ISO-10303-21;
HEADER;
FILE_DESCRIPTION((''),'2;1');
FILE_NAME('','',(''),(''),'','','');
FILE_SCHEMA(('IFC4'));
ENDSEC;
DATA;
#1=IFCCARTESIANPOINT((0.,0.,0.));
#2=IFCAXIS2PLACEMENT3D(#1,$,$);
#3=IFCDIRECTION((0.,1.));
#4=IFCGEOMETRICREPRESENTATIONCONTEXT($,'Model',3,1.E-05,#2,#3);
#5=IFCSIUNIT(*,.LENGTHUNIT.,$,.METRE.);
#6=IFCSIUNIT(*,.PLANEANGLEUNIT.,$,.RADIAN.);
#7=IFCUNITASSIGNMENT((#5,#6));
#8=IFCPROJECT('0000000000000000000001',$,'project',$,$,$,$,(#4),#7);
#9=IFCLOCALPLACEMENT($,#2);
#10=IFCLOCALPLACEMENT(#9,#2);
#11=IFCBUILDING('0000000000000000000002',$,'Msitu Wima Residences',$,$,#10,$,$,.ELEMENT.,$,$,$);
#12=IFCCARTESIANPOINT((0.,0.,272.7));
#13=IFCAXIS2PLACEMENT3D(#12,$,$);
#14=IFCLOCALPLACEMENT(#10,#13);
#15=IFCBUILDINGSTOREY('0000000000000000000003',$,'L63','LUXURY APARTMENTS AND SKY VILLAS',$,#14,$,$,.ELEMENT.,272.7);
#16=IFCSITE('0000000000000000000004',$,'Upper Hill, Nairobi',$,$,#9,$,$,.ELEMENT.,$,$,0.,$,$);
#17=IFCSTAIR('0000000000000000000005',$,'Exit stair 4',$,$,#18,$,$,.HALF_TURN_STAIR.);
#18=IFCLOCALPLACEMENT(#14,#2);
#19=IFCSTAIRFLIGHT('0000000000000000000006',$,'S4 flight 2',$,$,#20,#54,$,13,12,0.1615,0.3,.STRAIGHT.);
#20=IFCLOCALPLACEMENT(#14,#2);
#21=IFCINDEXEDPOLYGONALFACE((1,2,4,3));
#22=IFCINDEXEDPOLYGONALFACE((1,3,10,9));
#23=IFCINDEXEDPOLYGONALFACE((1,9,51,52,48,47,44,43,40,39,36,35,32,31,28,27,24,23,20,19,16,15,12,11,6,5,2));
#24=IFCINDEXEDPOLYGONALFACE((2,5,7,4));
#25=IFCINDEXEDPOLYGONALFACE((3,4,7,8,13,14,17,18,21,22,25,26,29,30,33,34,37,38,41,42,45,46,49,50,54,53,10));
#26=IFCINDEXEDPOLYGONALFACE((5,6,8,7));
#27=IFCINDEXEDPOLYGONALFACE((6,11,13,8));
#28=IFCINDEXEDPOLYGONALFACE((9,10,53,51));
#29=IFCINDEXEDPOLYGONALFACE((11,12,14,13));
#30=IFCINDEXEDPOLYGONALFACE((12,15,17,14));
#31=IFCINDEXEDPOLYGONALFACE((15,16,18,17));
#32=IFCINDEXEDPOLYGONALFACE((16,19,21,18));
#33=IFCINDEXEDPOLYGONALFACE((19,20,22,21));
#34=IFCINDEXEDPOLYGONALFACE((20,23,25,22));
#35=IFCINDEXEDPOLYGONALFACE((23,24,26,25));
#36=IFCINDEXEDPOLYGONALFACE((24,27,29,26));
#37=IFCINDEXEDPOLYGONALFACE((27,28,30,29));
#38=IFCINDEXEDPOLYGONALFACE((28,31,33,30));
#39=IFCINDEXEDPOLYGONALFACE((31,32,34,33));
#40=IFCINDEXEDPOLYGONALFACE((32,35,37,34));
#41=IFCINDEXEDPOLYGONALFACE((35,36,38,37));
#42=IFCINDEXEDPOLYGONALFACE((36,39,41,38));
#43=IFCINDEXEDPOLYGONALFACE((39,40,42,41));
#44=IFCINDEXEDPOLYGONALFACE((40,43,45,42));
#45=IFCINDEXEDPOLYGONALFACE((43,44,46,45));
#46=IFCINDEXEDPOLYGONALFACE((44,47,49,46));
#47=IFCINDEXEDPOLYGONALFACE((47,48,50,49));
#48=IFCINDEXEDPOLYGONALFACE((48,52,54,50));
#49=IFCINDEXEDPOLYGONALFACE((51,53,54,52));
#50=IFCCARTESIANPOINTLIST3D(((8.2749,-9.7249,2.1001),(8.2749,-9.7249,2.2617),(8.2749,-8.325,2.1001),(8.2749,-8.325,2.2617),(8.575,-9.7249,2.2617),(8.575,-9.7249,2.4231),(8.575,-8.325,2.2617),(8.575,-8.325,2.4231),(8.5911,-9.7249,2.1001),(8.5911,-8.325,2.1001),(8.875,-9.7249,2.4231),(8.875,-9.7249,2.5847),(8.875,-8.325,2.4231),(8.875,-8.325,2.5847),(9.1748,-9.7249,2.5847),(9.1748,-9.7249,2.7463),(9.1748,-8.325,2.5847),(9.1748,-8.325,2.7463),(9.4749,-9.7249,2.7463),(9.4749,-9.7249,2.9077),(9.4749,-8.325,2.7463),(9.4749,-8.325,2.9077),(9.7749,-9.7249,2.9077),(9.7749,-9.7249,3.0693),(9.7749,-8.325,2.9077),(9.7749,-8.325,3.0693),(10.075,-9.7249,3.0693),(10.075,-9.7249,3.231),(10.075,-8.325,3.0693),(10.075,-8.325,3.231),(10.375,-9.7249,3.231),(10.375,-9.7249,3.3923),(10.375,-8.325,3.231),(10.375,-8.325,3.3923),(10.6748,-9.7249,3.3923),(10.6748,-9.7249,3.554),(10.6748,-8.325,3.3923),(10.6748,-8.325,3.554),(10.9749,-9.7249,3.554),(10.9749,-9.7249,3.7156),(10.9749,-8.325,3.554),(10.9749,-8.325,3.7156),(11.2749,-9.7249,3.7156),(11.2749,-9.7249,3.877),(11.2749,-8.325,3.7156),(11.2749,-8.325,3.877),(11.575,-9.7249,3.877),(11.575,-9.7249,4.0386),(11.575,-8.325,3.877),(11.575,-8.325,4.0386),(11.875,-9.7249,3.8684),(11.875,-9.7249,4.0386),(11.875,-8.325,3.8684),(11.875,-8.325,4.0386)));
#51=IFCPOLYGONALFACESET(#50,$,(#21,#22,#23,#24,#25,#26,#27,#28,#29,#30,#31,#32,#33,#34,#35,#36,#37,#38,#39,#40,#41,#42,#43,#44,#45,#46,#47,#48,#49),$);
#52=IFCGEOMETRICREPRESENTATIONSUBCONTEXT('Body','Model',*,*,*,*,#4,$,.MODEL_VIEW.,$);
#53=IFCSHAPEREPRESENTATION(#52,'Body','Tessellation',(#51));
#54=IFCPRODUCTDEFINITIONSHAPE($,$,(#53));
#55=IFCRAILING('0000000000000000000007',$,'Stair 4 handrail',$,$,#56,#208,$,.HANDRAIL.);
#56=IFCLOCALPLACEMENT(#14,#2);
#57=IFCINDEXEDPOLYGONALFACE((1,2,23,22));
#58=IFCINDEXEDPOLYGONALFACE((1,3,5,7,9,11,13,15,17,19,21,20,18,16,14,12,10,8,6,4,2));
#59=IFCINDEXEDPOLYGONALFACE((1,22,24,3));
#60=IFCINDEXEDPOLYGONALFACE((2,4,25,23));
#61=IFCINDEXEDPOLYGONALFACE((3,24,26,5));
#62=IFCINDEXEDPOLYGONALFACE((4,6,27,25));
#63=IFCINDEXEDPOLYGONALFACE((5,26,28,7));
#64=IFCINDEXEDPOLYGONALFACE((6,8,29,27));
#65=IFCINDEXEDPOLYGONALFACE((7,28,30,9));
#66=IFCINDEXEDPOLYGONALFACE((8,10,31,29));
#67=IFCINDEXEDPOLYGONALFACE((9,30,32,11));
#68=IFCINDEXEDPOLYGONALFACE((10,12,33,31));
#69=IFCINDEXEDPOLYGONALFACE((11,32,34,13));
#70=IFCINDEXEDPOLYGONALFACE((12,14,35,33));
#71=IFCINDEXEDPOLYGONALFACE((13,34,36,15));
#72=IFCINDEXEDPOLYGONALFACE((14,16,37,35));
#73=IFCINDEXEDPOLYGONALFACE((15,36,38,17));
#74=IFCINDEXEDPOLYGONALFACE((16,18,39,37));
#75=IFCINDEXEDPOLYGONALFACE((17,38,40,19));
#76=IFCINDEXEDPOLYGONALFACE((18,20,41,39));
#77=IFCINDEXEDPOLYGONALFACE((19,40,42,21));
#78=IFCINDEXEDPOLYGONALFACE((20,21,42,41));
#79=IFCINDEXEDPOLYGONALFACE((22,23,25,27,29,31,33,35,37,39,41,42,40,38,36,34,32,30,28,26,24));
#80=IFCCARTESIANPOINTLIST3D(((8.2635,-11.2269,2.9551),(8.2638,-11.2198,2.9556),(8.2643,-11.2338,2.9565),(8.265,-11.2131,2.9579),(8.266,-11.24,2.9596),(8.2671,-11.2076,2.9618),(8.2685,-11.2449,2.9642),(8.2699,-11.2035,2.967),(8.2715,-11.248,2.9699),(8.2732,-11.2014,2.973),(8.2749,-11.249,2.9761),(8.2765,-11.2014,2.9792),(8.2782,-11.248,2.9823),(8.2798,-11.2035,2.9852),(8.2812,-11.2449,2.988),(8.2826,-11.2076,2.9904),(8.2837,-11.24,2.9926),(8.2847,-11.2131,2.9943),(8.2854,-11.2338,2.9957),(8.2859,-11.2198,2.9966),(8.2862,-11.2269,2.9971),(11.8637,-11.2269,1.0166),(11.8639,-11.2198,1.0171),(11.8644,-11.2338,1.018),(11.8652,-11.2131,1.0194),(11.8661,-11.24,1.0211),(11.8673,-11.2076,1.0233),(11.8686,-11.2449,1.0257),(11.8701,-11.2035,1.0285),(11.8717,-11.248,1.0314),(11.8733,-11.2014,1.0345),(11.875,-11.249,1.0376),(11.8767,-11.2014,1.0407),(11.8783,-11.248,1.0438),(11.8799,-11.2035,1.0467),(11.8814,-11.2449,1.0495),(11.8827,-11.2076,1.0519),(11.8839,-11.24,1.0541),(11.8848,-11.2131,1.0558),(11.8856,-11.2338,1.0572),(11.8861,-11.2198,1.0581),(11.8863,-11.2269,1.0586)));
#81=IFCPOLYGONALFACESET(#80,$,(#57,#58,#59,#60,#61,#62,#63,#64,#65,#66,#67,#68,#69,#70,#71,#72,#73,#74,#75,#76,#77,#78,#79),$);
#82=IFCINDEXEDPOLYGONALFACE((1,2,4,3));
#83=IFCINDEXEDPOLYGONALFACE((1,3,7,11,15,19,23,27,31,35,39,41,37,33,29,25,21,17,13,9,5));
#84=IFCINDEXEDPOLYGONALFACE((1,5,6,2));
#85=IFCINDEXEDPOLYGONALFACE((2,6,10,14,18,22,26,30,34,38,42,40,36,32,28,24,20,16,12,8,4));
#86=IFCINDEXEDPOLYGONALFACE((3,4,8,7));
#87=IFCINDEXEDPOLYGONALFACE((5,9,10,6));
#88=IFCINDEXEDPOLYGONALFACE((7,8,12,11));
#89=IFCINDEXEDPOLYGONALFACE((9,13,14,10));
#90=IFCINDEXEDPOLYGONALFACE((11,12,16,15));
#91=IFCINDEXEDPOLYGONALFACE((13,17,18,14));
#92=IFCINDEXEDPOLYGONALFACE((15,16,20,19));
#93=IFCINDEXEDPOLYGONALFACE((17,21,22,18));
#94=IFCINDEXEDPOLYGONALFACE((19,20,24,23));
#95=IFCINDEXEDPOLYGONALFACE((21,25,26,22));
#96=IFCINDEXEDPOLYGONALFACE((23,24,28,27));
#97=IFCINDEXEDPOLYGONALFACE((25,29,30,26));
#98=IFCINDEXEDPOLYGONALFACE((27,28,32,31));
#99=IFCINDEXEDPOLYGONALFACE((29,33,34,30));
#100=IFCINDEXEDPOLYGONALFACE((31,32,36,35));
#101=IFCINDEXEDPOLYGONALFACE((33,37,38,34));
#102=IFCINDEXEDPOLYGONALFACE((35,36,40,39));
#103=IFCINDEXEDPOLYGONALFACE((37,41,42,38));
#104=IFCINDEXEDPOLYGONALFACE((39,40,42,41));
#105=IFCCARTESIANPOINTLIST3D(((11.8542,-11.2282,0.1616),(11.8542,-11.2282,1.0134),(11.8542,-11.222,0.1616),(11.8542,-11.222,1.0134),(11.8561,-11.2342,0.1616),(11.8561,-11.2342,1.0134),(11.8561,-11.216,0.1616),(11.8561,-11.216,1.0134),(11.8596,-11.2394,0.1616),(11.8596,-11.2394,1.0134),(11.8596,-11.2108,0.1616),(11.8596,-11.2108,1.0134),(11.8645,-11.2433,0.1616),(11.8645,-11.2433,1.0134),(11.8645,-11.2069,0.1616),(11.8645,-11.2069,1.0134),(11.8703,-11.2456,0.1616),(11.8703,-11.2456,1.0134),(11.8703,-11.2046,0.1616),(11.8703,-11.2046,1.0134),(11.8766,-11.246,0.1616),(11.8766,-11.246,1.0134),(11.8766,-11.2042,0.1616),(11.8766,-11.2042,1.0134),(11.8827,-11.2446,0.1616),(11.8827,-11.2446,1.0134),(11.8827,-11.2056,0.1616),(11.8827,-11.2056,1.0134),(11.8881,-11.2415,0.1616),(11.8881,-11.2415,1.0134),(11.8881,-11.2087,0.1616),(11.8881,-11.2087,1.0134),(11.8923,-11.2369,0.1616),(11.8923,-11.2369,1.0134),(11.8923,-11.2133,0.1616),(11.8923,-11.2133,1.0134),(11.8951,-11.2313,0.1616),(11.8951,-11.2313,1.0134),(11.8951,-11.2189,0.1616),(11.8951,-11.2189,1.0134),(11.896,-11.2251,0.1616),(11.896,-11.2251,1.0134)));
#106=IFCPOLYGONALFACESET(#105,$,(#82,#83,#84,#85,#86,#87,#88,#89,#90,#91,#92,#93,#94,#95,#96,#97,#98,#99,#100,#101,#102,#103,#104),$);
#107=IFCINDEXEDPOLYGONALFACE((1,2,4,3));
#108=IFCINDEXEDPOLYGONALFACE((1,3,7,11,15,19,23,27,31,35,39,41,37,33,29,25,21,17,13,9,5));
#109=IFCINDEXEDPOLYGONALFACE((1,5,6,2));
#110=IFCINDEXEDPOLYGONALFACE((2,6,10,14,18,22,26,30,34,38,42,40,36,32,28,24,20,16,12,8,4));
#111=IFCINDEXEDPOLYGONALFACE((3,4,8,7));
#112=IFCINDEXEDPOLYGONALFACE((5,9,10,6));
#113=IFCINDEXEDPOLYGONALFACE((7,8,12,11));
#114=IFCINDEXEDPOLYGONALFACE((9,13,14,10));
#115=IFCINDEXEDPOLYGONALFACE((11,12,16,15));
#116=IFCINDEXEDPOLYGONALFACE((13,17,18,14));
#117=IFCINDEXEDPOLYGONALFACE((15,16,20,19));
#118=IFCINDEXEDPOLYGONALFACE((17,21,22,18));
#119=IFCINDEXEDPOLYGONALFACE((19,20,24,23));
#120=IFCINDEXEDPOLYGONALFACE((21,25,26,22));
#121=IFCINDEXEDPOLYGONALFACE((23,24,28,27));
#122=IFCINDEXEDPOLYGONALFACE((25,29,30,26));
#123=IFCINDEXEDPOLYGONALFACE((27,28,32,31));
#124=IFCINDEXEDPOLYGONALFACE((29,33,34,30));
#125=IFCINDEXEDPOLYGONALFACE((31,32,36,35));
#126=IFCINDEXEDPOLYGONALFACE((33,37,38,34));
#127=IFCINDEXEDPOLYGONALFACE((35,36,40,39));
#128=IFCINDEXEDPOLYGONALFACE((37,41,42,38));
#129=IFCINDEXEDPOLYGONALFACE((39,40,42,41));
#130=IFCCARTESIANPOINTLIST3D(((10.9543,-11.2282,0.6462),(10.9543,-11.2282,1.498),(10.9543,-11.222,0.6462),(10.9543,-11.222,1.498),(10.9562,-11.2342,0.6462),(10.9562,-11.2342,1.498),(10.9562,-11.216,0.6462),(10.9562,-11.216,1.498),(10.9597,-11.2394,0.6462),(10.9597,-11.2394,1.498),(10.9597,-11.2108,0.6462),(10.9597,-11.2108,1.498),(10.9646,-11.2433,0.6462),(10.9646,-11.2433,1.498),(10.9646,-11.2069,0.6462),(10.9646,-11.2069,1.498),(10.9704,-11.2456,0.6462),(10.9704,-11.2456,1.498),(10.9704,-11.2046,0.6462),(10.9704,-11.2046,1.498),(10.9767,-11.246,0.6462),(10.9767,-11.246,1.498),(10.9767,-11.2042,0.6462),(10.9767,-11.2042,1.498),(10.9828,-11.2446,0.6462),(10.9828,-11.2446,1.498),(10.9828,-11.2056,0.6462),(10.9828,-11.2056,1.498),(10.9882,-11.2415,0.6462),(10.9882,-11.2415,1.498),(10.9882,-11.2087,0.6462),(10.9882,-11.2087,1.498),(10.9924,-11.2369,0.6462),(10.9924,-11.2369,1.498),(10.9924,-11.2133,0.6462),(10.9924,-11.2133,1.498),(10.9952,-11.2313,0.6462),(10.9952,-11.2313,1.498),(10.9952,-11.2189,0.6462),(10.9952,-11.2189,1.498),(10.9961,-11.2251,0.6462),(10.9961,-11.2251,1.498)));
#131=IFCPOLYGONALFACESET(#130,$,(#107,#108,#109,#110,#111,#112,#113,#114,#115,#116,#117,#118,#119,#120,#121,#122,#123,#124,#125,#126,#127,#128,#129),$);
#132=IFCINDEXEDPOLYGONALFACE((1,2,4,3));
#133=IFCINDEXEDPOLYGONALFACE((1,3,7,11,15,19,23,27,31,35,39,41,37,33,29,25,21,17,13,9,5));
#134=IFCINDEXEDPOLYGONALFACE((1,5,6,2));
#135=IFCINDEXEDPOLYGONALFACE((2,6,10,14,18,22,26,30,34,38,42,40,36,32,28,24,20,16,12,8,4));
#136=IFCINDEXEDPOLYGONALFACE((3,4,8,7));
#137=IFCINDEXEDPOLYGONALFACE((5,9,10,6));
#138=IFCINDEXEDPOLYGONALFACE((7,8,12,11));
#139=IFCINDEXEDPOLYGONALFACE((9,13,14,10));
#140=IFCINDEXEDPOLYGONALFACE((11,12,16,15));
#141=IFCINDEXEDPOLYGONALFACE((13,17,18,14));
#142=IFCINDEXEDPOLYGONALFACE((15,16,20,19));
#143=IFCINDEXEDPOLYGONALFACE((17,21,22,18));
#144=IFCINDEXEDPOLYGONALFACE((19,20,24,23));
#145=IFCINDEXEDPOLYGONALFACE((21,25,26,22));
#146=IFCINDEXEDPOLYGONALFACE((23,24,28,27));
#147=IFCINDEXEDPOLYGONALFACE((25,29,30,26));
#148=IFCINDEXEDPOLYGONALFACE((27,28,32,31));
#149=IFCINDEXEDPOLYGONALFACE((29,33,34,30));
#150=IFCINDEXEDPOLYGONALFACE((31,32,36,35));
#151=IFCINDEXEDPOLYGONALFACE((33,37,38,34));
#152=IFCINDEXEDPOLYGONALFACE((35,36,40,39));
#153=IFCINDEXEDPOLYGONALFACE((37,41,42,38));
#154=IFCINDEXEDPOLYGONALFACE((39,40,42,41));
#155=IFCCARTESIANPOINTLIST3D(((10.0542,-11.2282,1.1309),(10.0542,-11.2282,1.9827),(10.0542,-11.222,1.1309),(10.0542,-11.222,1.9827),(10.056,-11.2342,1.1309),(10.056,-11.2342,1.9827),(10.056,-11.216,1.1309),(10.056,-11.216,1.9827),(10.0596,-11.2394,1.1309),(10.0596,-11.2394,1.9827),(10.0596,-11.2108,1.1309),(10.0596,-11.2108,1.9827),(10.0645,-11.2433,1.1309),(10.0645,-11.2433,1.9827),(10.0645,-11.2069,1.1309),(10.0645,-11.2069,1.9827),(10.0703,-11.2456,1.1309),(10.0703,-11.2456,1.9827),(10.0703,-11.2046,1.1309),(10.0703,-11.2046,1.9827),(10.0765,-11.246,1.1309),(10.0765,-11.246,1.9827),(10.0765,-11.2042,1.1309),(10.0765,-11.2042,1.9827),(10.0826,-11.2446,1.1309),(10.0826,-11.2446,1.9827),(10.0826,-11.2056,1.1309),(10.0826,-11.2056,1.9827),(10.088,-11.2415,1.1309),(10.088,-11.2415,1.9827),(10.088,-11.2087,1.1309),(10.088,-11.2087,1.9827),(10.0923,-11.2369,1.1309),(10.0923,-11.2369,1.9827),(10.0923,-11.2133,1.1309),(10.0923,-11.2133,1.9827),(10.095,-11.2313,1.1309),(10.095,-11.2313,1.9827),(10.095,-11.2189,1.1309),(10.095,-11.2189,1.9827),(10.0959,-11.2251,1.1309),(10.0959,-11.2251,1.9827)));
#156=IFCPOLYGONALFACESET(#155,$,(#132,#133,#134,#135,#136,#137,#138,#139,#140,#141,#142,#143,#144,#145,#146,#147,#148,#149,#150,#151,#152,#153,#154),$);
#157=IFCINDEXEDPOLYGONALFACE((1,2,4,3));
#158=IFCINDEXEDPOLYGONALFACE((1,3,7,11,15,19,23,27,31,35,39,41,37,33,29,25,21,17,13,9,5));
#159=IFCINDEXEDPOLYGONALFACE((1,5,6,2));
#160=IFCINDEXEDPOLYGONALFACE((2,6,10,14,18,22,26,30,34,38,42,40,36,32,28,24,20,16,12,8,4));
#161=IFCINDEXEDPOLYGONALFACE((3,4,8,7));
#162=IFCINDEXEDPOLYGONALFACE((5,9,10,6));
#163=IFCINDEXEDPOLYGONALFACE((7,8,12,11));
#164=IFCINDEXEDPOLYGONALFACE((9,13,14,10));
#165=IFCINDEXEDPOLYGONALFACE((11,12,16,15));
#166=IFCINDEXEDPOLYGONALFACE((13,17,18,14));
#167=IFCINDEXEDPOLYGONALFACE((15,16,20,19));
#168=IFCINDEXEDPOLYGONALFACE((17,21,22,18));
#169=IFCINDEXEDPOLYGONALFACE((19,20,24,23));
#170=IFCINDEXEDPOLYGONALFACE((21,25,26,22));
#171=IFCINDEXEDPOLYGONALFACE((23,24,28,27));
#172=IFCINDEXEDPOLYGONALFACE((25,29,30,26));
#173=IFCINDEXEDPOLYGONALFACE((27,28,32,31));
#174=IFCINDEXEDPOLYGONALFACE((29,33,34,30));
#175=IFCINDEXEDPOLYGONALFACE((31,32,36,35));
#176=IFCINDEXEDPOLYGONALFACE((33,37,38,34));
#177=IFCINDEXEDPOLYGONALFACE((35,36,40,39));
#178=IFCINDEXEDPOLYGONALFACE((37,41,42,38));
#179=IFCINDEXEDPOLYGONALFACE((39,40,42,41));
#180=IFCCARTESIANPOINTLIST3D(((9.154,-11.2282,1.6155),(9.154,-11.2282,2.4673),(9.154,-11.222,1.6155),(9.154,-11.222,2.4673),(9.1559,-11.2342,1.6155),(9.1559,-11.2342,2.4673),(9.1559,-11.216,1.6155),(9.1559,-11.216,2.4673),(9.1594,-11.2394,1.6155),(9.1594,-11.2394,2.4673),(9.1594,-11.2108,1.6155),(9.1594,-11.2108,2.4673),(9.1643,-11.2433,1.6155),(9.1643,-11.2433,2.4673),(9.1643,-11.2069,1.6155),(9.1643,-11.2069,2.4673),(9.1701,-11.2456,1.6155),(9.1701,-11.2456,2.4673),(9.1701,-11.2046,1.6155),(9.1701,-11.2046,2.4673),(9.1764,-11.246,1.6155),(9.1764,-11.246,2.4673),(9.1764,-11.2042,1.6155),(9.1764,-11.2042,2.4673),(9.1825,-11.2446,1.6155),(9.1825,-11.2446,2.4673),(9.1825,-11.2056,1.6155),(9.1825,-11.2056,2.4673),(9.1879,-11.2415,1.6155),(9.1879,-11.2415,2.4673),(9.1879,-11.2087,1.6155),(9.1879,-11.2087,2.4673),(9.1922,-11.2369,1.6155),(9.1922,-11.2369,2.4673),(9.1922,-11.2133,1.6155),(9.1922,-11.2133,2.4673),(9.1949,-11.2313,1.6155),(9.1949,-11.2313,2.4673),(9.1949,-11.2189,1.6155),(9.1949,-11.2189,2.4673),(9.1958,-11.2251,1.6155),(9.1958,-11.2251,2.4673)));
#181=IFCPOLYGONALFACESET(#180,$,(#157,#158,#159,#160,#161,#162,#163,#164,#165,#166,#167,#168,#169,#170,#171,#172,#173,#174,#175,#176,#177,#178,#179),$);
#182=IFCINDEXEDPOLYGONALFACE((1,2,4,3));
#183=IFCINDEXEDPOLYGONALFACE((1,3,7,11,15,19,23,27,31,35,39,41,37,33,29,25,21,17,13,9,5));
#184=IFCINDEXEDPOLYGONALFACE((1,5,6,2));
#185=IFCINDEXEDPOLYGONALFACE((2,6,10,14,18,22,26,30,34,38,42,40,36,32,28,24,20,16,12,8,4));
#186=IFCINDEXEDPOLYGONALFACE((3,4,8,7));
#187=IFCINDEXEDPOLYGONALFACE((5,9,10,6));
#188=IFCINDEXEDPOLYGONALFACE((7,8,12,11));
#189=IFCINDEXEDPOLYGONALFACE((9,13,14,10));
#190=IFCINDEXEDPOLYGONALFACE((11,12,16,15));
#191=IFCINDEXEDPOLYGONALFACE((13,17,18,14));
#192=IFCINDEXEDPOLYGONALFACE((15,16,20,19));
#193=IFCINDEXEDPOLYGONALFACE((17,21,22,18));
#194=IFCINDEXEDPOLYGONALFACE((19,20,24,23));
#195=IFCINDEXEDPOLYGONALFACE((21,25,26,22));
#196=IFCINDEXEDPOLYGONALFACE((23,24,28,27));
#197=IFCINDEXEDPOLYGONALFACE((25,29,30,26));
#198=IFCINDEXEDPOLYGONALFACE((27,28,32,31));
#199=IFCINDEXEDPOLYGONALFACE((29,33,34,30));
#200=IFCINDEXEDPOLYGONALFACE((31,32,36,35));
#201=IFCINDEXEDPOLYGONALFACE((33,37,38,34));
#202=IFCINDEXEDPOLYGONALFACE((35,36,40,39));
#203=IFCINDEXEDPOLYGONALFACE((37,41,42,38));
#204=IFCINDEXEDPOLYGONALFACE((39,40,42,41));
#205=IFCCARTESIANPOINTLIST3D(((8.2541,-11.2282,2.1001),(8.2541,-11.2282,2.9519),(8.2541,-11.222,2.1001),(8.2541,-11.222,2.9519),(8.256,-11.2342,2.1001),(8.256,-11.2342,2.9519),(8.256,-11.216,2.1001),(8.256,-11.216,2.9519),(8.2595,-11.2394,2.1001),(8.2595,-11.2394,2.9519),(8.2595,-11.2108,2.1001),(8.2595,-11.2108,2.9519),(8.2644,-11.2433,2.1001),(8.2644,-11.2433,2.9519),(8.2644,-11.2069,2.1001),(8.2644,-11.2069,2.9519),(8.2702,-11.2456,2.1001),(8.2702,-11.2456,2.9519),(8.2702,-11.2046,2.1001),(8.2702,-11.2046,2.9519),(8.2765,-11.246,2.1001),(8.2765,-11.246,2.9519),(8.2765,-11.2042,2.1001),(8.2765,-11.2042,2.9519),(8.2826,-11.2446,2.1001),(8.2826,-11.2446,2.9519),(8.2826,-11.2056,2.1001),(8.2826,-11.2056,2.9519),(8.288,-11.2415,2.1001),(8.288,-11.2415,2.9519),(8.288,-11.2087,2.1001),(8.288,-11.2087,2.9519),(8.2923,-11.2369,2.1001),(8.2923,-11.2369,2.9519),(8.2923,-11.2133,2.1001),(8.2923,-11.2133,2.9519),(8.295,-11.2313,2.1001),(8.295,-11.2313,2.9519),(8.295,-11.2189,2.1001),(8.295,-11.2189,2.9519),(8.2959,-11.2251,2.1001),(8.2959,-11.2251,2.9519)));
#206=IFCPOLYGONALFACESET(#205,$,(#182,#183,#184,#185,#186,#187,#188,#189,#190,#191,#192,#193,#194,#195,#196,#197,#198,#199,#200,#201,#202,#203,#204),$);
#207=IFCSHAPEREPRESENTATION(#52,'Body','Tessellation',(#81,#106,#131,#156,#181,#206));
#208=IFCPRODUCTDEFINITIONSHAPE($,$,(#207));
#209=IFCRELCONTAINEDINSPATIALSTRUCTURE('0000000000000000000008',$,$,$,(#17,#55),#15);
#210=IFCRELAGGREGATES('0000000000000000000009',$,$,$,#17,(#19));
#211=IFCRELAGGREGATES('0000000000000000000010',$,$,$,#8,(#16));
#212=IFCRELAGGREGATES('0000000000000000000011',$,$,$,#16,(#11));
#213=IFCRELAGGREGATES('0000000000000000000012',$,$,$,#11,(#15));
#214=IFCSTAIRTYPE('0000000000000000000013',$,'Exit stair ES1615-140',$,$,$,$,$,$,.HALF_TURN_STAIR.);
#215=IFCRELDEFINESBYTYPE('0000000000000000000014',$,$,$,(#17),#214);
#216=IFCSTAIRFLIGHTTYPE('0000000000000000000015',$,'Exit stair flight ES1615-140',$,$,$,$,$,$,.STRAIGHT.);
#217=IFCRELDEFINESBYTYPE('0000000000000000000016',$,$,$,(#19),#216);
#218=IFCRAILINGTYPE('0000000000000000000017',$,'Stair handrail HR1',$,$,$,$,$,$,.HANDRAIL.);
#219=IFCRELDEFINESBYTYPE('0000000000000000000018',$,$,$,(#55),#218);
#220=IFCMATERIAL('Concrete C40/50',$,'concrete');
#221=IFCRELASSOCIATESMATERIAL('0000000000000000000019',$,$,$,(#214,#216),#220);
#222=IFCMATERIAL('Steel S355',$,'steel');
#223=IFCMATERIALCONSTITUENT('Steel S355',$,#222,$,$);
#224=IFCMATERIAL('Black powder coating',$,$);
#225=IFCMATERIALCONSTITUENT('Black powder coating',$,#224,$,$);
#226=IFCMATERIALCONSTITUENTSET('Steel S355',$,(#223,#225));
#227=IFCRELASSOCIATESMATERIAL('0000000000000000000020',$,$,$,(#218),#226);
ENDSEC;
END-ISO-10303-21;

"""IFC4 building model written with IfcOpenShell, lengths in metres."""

from ifc_helpers import new_model, si_unit, direction, frame, origin, origin_2d, place, context, subcontext, project, spatial, polyline, circle, outline, extrude, material, constituent, constituent_set, type_object, element, aggregate, save


model = new_model("IFC4")

# Units and contexts
model_context = context("Model", 3, precision=1e-05, world=origin(), true_north=direction((0.0, 1.0)))
body_context = subcontext(model_context, "Body", "Model", "MODEL_VIEW")
ifc_project = project(units=[si_unit("LENGTHUNIT", "METRE"), si_unit("PLANEANGLEUNIT", "RADIAN")], contexts=[model_context])

# Site, building, storey
site_placement = place(None, origin())
site = spatial("IfcSite", under=ifc_project, at=site_placement, Name="Upper Hill, Nairobi", CompositionType="ELEMENT", RefElevation=0.0)
building_placement = place(site_placement, origin())
building = spatial("IfcBuilding", under=site, at=building_placement, Name="Msitu Wima Residences", CompositionType="ELEMENT")
storey_placement = place(building_placement, frame((0.0, 0.0, 272.7)))
storey = spatial("IfcBuildingStorey", under=building, at=storey_placement, Name="L63", Description="LUXURY APARTMENTS AND SKY VILLAS", CompositionType="ELEMENT", Elevation=272.7)

# Shared definitions
ifc_material_1 = material(Name="Concrete C40/50", Category="concrete")

# Shared definitions
stair_type = type_object("IfcStairType", Name="Exit stair ES1615-140", PredefinedType="HALF_TURN_STAIR", material=ifc_material_1)

# Stair, stair flight
stair_1_placement = place(storey_placement, origin())
stair_1 = element("IfcStair", 1, at=stair_1_placement, inside=storey, type_object=stair_type, Name="Exit stair 4", PredefinedType="HALF_TURN_STAIR")
stair_flight_type = type_object("IfcStairFlightType", Name="Exit stair flight ES1615-140", PredefinedType="STRAIGHT", material=ifc_material_1)
stair_flight_1_placement = place(storey_placement, frame((8.2749, -9.0249, 2.1001), z_axis=(0.0, 0.0, 1.0), x_axis=(1.0, 0.0, 0.0)))
stair_flight_1 = element("IfcStairFlight", 2, at=stair_flight_1_placement, type_object=stair_flight_type, Name="S4 flight 2", NumberOfRisers=13, NumberOfTreads=12, PredefinedType="STRAIGHT", RiserHeight=0.1615, TreadLength=0.3, context=body_context, shape_type="SweptSolid", body=[
    extrude(outline(polyline([(0.0, 0.0), (0.0, 0.1616), (0.3, 0.1616), (0.3, 0.323), (0.6001, 0.323), (0.6001, 0.4846), (0.8999, 0.4846), (0.8999, 0.6462), (1.2, 0.6462), (1.2, 0.8076), (1.5, 0.8076), (1.5, 0.9692), (1.8, 0.9692), (1.8, 1.1309), (2.1001, 1.1309), (2.1001, 1.2922), (2.3999, 1.2922), (2.3999, 1.4539), (2.7, 1.4539), (2.7, 1.6155), (3.0, 1.6155), (3.0, 1.7769), (3.3, 1.7769), (3.3, 1.9385), (3.6001, 1.9385), (3.6001, 2.1001), (3.6001, 1.7683), (0.3162, 0.0), (0.0, 0.0)])), frame((0.0, 0.7, 0.0), z_axis=(0.0, -1.0, 0.0), x_axis=(1.0, 0.0, 0.0)), (0.0, 0.0, 1.0), 1.3999),
])
aggregate(stair_1, [stair_flight_1])

# Railing
ifc_material_2 = material(Name="Steel S355", Category="steel")
ifc_constituent_1 = constituent(ifc_material_2, Name="Steel S355")
ifc_material_3 = material(Name="Black powder coating")
ifc_constituent_2 = constituent(ifc_material_3, Name="Black powder coating")
ifc_constituent_set = constituent_set(constituents=[ifc_constituent_1, ifc_constituent_2], Name="Steel S355")
railing_type = type_object("IfcRailingType", Name="Stair handrail HR1", PredefinedType="HANDRAIL", material=ifc_constituent_set)
for number, where, name in (
    (3, (11.875, -11.2251, 0.1616), "Stair 4 handrail"),
):
    element("IfcRailing", number, at=place(storey_placement, frame(where)), inside=storey, type_object=railing_type, Name=name, PredefinedType="HANDRAIL", context=body_context, shape_type="SweptSolid", body=[
        extrude(circle(Radius=0.0239, at=origin_2d()), frame((0.0, 0.0, 0.876), z_axis=(-0.880475, 0.0, 0.474093), x_axis=(0.0, -1.0, 0.0)), (0.0, 0.0, 1.0), 4.0889),
        extrude(circle(Radius=0.021, at=origin_2d()), origin(), (0.0, 0.0, 1.0), 0.8518),
        extrude(circle(Radius=0.021, at=origin_2d()), frame((-0.8999, 0.0, 0.4846)), (0.0, 0.0, 1.0), 0.8518),
        extrude(circle(Radius=0.021, at=origin_2d()), frame((-1.8, 0.0, 0.9692)), (0.0, 0.0, 1.0), 0.8518),
        extrude(circle(Radius=0.021, at=origin_2d()), frame((-2.7002, 0.0, 1.4539)), (0.0, 0.0, 1.0), 0.8518),
        extrude(circle(Radius=0.021, at=origin_2d()), frame((-3.6001, 0.0, 1.9385)), (0.0, 0.0, 1.0), 0.8518),
    ])

save(model, "model.ifc")
